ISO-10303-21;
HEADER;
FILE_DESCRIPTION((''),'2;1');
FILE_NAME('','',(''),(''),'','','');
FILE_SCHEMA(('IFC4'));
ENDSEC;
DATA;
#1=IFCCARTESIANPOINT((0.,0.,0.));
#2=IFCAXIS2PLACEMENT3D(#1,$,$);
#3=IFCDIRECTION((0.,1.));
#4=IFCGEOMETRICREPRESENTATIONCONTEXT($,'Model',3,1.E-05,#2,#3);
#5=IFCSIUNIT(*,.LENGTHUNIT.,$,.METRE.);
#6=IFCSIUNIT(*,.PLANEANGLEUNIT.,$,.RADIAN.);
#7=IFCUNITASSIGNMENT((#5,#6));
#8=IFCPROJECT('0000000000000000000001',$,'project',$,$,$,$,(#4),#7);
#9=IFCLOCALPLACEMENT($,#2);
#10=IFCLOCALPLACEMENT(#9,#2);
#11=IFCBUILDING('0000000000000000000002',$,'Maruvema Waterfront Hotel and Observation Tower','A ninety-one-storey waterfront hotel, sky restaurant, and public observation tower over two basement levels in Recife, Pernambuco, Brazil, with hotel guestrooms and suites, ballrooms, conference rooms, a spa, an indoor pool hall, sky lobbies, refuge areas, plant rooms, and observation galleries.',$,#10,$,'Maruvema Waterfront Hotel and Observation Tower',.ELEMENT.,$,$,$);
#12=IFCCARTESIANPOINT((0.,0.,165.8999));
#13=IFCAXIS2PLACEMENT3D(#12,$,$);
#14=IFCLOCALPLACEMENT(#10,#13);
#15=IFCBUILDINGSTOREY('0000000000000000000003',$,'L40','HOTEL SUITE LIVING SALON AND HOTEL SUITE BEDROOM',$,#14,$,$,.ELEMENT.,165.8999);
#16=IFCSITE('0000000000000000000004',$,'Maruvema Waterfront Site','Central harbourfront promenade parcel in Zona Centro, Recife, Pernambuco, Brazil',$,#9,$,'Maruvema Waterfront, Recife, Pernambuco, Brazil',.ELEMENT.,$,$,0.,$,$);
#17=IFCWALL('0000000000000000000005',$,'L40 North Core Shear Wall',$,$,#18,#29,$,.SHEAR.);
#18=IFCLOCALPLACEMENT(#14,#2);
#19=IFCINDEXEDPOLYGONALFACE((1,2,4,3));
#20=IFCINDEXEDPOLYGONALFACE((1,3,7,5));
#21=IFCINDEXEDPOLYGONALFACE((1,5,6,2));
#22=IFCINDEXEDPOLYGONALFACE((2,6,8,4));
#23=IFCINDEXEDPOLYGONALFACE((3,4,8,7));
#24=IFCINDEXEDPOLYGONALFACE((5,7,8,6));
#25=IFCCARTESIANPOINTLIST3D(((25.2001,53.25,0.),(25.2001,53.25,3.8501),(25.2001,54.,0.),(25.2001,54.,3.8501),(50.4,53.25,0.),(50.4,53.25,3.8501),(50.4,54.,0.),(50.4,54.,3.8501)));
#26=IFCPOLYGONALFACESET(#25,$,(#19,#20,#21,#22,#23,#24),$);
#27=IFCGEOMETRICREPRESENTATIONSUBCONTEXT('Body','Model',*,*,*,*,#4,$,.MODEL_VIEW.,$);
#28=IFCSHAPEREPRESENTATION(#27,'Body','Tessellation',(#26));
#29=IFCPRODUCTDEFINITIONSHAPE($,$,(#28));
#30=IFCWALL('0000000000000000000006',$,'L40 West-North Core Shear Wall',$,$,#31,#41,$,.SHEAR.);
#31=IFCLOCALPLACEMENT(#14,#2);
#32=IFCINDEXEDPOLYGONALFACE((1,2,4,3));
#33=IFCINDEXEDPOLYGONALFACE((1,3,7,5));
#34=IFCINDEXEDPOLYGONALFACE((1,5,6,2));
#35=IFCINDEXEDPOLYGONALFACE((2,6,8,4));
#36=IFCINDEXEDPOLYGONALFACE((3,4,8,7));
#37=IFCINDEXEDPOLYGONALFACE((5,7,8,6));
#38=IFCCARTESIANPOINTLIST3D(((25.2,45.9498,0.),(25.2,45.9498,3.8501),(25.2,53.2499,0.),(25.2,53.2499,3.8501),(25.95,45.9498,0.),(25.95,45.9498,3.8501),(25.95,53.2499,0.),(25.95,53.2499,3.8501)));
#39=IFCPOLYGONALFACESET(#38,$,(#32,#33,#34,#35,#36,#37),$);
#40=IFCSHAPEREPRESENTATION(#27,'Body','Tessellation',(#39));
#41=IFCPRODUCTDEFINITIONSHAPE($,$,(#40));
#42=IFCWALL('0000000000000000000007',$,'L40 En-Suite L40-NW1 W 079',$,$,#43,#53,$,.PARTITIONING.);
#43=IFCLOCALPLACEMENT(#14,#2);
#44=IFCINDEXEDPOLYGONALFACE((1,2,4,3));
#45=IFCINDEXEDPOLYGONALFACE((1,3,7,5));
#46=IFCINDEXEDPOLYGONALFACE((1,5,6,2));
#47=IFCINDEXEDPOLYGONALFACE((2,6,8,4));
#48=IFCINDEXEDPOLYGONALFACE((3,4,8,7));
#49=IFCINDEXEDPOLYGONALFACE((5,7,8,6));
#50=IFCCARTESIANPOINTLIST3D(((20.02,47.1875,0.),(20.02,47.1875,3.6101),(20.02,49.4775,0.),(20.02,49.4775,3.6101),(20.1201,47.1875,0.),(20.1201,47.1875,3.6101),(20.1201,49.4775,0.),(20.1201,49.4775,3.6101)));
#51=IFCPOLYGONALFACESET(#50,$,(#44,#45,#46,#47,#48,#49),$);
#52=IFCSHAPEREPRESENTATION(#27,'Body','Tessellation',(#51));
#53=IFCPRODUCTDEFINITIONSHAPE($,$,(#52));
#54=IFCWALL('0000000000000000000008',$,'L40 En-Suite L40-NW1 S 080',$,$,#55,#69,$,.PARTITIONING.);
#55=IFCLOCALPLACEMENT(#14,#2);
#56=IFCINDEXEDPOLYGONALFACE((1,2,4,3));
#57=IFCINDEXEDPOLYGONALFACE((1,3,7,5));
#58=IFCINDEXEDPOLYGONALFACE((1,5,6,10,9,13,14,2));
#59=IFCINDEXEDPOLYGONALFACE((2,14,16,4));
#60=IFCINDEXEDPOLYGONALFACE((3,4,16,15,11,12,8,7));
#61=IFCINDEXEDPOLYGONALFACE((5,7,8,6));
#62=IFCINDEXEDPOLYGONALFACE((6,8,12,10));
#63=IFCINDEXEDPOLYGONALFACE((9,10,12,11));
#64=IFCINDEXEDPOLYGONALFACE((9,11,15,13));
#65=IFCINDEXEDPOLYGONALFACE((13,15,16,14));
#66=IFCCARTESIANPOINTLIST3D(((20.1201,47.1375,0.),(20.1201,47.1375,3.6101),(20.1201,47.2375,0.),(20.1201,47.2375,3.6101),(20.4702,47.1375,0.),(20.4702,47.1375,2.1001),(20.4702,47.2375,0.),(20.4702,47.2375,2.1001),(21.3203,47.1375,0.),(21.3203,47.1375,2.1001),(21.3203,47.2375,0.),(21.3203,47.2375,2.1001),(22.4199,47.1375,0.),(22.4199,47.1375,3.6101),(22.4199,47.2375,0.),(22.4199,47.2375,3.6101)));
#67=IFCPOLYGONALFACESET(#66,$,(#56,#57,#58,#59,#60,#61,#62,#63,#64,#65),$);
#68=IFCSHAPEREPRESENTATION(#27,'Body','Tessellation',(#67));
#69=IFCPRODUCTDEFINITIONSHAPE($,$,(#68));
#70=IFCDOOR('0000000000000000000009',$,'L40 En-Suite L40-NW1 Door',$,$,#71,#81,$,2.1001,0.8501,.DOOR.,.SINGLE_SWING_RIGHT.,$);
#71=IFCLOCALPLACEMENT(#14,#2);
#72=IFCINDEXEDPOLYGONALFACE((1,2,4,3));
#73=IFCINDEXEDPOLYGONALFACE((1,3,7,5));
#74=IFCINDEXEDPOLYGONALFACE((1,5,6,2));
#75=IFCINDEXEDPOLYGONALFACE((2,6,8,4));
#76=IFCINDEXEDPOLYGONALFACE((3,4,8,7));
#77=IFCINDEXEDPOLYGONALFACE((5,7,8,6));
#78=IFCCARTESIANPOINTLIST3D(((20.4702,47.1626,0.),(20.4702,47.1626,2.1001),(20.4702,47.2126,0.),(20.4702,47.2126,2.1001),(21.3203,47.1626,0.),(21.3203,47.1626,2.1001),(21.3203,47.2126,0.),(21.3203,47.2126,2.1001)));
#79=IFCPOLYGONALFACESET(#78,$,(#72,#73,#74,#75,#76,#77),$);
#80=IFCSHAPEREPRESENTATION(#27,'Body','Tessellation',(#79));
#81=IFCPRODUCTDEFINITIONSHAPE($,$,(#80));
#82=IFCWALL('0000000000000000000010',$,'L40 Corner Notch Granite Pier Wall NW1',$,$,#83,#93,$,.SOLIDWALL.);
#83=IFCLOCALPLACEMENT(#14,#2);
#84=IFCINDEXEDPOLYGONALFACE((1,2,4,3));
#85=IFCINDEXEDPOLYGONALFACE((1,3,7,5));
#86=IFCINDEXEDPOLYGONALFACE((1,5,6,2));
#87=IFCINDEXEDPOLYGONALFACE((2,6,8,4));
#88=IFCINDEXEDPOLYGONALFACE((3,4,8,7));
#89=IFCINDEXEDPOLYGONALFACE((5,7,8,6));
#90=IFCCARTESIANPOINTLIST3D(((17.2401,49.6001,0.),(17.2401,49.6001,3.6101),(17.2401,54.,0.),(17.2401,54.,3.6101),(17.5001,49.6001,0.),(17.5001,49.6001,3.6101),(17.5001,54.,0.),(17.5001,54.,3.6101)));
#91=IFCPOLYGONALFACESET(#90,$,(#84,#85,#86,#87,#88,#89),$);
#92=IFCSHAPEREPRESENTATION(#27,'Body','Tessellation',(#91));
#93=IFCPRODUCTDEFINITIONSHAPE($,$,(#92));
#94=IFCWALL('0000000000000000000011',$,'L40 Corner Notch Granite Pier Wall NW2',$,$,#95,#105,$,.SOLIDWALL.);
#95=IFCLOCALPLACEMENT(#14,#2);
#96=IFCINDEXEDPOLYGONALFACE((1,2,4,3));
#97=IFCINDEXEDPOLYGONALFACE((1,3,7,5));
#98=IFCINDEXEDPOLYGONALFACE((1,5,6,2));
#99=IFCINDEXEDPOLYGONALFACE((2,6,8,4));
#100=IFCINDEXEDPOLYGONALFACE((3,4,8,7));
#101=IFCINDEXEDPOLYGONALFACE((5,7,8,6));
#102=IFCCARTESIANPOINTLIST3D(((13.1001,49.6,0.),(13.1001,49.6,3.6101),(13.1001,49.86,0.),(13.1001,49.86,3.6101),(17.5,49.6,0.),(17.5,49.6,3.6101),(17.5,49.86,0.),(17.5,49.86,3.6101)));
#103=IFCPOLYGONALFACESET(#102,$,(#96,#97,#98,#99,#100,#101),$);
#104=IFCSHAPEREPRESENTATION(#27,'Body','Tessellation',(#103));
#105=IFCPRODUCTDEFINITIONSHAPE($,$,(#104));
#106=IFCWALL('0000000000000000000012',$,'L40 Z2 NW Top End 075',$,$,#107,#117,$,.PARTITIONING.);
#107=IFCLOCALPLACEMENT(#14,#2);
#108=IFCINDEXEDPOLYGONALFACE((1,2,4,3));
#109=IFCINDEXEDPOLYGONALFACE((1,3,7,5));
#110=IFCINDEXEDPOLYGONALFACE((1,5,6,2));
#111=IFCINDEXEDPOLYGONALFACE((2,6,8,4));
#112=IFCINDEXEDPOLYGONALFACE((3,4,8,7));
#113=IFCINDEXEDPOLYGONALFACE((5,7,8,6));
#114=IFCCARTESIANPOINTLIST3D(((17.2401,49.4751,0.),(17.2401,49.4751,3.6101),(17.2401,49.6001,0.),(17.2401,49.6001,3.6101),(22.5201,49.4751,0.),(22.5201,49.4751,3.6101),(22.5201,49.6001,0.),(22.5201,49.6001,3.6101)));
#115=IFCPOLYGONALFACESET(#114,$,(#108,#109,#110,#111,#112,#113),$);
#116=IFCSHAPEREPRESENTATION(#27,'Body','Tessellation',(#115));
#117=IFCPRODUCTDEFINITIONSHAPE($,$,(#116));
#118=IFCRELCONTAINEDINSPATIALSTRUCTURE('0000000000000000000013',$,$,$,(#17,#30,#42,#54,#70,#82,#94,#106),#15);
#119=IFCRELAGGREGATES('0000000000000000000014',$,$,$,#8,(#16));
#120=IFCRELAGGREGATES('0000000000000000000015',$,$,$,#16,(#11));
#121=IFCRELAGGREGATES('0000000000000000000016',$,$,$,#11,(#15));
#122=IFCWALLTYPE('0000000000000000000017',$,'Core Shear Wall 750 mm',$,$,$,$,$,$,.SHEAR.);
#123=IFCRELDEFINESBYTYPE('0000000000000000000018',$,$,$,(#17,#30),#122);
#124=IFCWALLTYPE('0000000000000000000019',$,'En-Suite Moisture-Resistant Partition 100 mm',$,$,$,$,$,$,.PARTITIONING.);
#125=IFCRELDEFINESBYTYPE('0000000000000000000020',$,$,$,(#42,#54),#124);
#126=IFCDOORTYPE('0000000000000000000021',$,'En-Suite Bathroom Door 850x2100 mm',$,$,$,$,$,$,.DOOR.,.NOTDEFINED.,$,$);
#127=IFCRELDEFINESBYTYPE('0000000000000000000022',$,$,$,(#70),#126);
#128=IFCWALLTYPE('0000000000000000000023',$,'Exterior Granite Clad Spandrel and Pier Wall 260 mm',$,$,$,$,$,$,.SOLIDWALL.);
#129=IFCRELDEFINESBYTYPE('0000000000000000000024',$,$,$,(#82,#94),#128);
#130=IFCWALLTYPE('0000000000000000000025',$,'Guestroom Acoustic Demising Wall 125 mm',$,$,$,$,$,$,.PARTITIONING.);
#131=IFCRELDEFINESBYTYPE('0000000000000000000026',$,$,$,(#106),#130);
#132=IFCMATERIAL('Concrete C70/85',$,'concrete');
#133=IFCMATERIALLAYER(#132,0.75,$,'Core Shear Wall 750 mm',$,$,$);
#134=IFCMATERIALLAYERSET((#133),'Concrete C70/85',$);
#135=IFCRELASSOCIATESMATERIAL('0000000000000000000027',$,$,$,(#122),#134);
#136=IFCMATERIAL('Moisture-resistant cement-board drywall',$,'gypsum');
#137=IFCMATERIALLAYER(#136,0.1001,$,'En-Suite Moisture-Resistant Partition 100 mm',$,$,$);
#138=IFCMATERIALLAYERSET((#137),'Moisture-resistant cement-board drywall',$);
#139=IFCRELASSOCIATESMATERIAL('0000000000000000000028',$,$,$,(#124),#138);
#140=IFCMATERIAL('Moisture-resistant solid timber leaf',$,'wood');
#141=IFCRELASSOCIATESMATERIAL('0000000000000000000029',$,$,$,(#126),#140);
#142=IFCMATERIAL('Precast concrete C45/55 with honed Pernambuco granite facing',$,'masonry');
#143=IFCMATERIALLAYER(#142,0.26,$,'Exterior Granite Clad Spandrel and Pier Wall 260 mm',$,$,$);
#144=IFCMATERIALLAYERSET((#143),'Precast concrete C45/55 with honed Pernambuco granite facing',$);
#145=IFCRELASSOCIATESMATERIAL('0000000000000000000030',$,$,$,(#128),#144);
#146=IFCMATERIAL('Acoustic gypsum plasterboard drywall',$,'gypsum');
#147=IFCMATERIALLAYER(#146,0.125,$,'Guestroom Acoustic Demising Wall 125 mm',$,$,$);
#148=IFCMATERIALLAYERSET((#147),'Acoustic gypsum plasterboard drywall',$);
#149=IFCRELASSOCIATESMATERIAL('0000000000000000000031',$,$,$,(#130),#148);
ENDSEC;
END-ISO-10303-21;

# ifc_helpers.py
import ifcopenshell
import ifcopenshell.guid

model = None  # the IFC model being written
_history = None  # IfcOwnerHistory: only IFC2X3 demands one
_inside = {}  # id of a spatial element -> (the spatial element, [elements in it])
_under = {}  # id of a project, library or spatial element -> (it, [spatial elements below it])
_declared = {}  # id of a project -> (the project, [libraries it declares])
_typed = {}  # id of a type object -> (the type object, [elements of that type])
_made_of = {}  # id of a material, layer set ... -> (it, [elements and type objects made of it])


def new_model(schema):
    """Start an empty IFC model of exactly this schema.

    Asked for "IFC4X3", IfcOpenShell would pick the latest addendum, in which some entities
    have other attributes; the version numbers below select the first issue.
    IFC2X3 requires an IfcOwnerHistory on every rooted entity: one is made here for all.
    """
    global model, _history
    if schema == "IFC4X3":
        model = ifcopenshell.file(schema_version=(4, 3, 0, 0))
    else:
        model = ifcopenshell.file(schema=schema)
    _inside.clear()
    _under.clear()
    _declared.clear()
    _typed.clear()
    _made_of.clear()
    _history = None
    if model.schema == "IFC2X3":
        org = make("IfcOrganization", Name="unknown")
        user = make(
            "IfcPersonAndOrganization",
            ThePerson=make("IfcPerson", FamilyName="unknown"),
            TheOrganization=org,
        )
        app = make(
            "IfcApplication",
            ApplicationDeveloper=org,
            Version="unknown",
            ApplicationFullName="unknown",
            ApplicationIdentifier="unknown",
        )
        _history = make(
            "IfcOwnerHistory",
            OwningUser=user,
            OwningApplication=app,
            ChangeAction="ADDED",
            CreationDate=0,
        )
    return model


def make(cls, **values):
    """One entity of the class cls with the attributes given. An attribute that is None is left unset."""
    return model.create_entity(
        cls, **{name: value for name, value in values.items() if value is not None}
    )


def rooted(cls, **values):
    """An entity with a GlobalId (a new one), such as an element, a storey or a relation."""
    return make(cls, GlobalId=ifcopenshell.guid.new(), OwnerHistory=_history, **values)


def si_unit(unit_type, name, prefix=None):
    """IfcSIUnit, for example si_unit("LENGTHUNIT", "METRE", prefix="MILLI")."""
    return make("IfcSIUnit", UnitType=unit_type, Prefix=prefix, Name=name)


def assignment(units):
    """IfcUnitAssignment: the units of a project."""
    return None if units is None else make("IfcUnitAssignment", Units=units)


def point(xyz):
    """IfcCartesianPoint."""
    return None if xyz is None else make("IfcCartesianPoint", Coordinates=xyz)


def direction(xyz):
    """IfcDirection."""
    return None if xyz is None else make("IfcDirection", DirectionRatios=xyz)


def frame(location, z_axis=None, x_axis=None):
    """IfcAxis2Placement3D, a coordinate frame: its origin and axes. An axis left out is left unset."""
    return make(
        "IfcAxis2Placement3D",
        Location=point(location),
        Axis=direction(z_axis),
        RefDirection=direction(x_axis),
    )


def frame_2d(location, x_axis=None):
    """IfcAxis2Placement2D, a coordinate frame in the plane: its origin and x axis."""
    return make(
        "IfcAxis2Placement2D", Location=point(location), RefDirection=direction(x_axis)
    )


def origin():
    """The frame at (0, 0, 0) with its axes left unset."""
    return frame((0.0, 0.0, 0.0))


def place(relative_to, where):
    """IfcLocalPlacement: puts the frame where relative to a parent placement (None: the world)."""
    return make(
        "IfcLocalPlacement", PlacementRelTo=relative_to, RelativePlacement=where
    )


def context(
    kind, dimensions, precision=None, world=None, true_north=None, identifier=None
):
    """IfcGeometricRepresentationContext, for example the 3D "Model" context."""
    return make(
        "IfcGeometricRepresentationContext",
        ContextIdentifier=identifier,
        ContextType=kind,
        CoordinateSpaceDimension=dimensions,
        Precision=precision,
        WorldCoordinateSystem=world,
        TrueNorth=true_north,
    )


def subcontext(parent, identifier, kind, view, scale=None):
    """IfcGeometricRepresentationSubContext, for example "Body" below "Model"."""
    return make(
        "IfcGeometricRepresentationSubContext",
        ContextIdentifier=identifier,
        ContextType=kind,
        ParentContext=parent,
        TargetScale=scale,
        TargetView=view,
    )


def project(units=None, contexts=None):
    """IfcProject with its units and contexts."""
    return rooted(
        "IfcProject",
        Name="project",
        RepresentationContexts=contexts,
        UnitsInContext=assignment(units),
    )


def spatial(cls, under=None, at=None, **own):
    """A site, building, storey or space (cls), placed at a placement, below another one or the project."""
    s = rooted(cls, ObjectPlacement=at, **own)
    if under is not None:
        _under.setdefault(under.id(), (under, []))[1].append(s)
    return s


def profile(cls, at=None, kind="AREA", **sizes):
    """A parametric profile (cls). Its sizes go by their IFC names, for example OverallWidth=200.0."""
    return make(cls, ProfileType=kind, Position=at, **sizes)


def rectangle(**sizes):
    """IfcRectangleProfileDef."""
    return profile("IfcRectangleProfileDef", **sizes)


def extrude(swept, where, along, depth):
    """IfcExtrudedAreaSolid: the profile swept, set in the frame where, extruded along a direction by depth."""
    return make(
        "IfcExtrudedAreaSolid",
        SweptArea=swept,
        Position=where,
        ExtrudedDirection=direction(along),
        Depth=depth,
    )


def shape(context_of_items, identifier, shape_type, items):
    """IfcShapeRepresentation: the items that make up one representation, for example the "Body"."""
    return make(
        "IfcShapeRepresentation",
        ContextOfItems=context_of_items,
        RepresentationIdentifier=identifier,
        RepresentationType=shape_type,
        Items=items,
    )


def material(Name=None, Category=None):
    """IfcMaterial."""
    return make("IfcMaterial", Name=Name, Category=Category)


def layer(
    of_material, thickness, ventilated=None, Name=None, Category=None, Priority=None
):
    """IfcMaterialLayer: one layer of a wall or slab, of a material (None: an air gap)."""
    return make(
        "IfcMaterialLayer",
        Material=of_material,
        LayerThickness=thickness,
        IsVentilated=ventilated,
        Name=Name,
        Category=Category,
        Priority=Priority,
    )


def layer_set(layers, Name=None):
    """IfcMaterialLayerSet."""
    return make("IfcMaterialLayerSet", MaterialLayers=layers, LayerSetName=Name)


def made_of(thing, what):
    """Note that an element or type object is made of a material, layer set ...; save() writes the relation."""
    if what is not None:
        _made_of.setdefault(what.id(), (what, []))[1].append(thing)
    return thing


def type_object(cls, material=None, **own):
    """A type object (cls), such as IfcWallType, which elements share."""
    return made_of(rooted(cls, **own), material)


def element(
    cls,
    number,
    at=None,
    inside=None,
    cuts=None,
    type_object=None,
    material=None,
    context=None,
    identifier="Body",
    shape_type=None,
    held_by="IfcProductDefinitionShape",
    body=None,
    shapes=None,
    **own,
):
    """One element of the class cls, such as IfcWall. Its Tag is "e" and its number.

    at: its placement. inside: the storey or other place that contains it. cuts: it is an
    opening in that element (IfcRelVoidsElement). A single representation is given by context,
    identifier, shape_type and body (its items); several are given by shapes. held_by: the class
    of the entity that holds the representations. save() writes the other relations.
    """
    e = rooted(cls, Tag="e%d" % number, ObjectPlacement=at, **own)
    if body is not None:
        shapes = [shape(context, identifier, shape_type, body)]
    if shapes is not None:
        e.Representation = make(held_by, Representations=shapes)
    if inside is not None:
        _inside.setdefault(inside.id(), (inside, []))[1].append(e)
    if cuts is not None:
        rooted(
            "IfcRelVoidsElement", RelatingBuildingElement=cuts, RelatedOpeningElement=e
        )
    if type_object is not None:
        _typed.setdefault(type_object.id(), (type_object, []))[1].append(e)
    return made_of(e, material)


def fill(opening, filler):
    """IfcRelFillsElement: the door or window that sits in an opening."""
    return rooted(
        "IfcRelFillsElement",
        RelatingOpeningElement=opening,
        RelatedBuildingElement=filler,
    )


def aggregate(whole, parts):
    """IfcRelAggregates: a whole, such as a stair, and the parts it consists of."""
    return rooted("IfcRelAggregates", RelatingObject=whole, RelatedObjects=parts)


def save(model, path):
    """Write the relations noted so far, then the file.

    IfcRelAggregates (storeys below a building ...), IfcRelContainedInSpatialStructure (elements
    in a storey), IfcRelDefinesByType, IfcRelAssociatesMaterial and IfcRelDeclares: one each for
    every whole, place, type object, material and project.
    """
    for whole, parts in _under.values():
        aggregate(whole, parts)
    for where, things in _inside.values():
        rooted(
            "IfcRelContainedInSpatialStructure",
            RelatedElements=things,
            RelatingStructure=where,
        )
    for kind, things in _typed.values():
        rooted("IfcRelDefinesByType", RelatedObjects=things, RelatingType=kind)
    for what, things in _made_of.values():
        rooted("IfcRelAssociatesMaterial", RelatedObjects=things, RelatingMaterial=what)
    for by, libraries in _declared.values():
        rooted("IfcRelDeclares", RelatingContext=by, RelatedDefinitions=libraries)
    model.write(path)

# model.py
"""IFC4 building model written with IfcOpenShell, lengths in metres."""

from ifc_helpers import new_model, si_unit, direction, frame, frame_2d, origin, place, context, subcontext, project, spatial, rectangle, extrude, material, layer, layer_set, type_object, element, fill, save


model = new_model("IFC4")

# Units and contexts
model_context = context("Model", 3, precision=1e-05, world=origin(), true_north=direction((0.0, 1.0)))
body_context = subcontext(model_context, "Body", "Model", "MODEL_VIEW")
ifc_project = project(units=[si_unit("LENGTHUNIT", "METRE"), si_unit("PLANEANGLEUNIT", "RADIAN")], contexts=[model_context])

# Site, building, storey
site_placement = place(None, origin())
site = spatial("IfcSite", under=ifc_project, at=site_placement, Name="Maruvema Waterfront Site", Description="Central harbourfront promenade parcel in Zona Centro, Recife, Pernambuco, Brazil", LongName="Maruvema Waterfront, Recife, Pernambuco, Brazil", CompositionType="ELEMENT", RefElevation=0.0)
building_placement = place(site_placement, origin())
building = spatial("IfcBuilding", under=site, at=building_placement, Name="Maruvema Waterfront Hotel and Observation Tower", Description="A ninety-one-storey waterfront hotel, sky restaurant, and public observation tower over two basement levels in Recife, Pernambuco, Brazil, with hotel guestrooms and suites, ballrooms, conference rooms, a spa, an indoor pool hall, sky lobbies, refuge areas, plant rooms, and observation galleries.", LongName="Maruvema Waterfront Hotel and Observation Tower", CompositionType="ELEMENT")
storey_placement = place(building_placement, frame((0.0, 0.0, 165.8999)))
storey = spatial("IfcBuildingStorey", under=building, at=storey_placement, Name="L40", Description="HOTEL SUITE LIVING SALON AND HOTEL SUITE BEDROOM", CompositionType="ELEMENT", Elevation=165.8999)

# Walls
ifc_material_1 = material(Name="Concrete C70/85", Category="concrete")
ifc_layer_1 = layer(ifc_material_1, 0.75, Name="Core Shear Wall 750 mm")
ifc_layer_set_1 = layer_set([ifc_layer_1], Name="Concrete C70/85")
wall_type_1 = type_object("IfcWallType", Name="Core Shear Wall 750 mm", PredefinedType="SHEAR", material=ifc_layer_set_1)
wall_1_placement = place(storey_placement, frame((25.2, 53.625, 0.0), z_axis=(0.0, 0.0, 1.0), x_axis=(1.0, 0.0, 0.0)))
element("IfcWall", 1, at=wall_1_placement, inside=storey, type_object=wall_type_1, Name="L40 North Core Shear Wall", PredefinedType="SHEAR", context=body_context, shape_type="SweptSolid", body=[
    extrude(rectangle(XDim=25.2, YDim=0.75, at=frame_2d((12.6001, 0.0))), origin(), (0.0, 0.0, 1.0), 3.8501),
])
wall_2_placement = place(storey_placement, frame((25.575, 45.95, 0.0), z_axis=(0.0, 0.0, 1.0), x_axis=(0.0, 1.0, 0.0)))
element("IfcWall", 2, at=wall_2_placement, inside=storey, type_object=wall_type_1, Name="L40 West-North Core Shear Wall", PredefinedType="SHEAR", context=body_context, shape_type="SweptSolid", body=[
    extrude(rectangle(XDim=7.3, YDim=0.75, at=frame_2d((3.6499, 0.0))), origin(), (0.0, 0.0, 1.0), 3.8501),
])
ifc_material_2 = material(Name="Moisture-resistant cement-board drywall", Category="gypsum")
ifc_layer_2 = layer(ifc_material_2, 0.1001, Name="En-Suite Moisture-Resistant Partition 100 mm")
ifc_layer_set_2 = layer_set([ifc_layer_2], Name="Moisture-resistant cement-board drywall")
wall_type_2 = type_object("IfcWallType", Name="En-Suite Moisture-Resistant Partition 100 mm", PredefinedType="PARTITIONING", material=ifc_layer_set_2)
wall_3_placement = place(storey_placement, frame((20.0701, 47.1875, 0.0), z_axis=(0.0, 0.0, 1.0), x_axis=(0.0, 1.0, 0.0)))
element("IfcWall", 3, at=wall_3_placement, inside=storey, type_object=wall_type_2, Name="L40 En-Suite L40-NW1 W 079", PredefinedType="PARTITIONING", context=body_context, shape_type="SweptSolid", body=[
    extrude(rectangle(XDim=2.29, YDim=0.1001, at=frame_2d((1.145, 0.0))), origin(), (0.0, 0.0, 1.0), 3.6101),
])

# Wall, opening, door
wall_4_placement = place(storey_placement, frame((20.1201, 47.1875, 0.0), z_axis=(0.0, 0.0, 1.0), x_axis=(1.0, 0.0, 0.0)))
wall_4 = element("IfcWall", 4, at=wall_4_placement, inside=storey, type_object=wall_type_2, Name="L40 En-Suite L40-NW1 S 080", PredefinedType="PARTITIONING", context=body_context, shape_type="SweptSolid", body=[
    extrude(rectangle(XDim=2.2998, YDim=0.1001, at=frame_2d((1.1499, 0.0))), origin(), (0.0, 0.0, 1.0), 3.6101),
])
opening_placement = place(wall_4_placement, frame((0.3501, 0.0, 0.0)))
opening = element("IfcOpeningElement", 5, at=opening_placement, cuts=wall_4, PredefinedType="OPENING", context=body_context, shape_type="SweptSolid", body=[
    extrude(rectangle(XDim=0.8501, YDim=2.1001, at=frame_2d((0.425, 1.05))), frame((0.0, 0.0601, 0.0), z_axis=(0.0, -1.0, 0.0), x_axis=(1.0, 0.0, 0.0)), (0.0, 0.0, 1.0), 0.1201),
])
ifc_material_3 = material(Name="Moisture-resistant solid timber leaf", Category="wood")
door_type = type_object("IfcDoorType", Name="En-Suite Bathroom Door 850x2100 mm", OperationType="NOTDEFINED", PredefinedType="DOOR", material=ifc_material_3)
door_placement = place(opening_placement, frame((0.8501, 0.0, 0.0), z_axis=(0.0, 0.0, 1.0), x_axis=(-1.0, 0.0, 0.0)))
door = element("IfcDoor", 6, at=door_placement, inside=storey, type_object=door_type, Name="L40 En-Suite L40-NW1 Door", OperationType="SINGLE_SWING_RIGHT", OverallHeight=2.1001, OverallWidth=0.8501, PredefinedType="DOOR", context=body_context, shape_type="SweptSolid", body=[
    extrude(rectangle(XDim=0.8501, YDim=2.1001, at=frame_2d((0.425, 1.05))), frame((0.0, 0.0249, 0.0), z_axis=(0.0, -1.0, 0.0), x_axis=(1.0, 0.0, 0.0)), (0.0, 0.0, 1.0), 0.05),
])
fill(opening, door)

# Walls
ifc_material_4 = material(Name="Precast concrete C45/55 with honed Pernambuco granite facing", Category="masonry")
ifc_layer_3 = layer(ifc_material_4, 0.26, Name="Exterior Granite Clad Spandrel and Pier Wall 260 mm")
ifc_layer_set_3 = layer_set([ifc_layer_3], Name="Precast concrete C45/55 with honed Pernambuco granite facing")
wall_type_3 = type_object("IfcWallType", Name="Exterior Granite Clad Spandrel and Pier Wall 260 mm", PredefinedType="SOLIDWALL", material=ifc_layer_set_3)
for number, where, z_axis, x_axis, name in (
    (7, (17.3701, 49.6001, 0.0), (0.0, 0.0, 1.0), (0.0, 1.0, 0.0), "L40 Corner Notch Granite Pier Wall NW1"),
    (8, (13.1001, 49.73, 0.0), (0.0, 0.0, 1.0), (1.0, 0.0, 0.0), "L40 Corner Notch Granite Pier Wall NW2"),
):
    element("IfcWall", number, at=place(storey_placement, frame(where, z_axis=z_axis, x_axis=x_axis)), inside=storey, type_object=wall_type_3, Name=name, PredefinedType="SOLIDWALL", context=body_context, shape_type="SweptSolid", body=[
        extrude(rectangle(XDim=4.3999, YDim=0.26, at=frame_2d((2.2, 0.0))), origin(), (0.0, 0.0, 1.0), 3.6101),
    ])
ifc_material_5 = material(Name="Acoustic gypsum plasterboard drywall", Category="gypsum")
ifc_layer_4 = layer(ifc_material_5, 0.125, Name="Guestroom Acoustic Demising Wall 125 mm")
ifc_layer_set_4 = layer_set([ifc_layer_4], Name="Acoustic gypsum plasterboard drywall")
wall_type_4 = type_object("IfcWallType", Name="Guestroom Acoustic Demising Wall 125 mm", PredefinedType="PARTITIONING", material=ifc_layer_set_4)
wall_5_placement = place(storey_placement, frame((17.24, 49.5376, 0.0), z_axis=(0.0, 0.0, 1.0), x_axis=(1.0, 0.0, 0.0)))
element("IfcWall", 9, at=wall_5_placement, inside=storey, type_object=wall_type_4, Name="L40 Z2 NW Top End 075", PredefinedType="PARTITIONING", context=body_context, shape_type="SweptSolid", body=[
    extrude(rectangle(XDim=5.28, YDim=0.125, at=frame_2d((2.6401, 0.0))), origin(), (0.0, 0.0, 1.0), 3.6101),
])

save(model, "model.ifc")
